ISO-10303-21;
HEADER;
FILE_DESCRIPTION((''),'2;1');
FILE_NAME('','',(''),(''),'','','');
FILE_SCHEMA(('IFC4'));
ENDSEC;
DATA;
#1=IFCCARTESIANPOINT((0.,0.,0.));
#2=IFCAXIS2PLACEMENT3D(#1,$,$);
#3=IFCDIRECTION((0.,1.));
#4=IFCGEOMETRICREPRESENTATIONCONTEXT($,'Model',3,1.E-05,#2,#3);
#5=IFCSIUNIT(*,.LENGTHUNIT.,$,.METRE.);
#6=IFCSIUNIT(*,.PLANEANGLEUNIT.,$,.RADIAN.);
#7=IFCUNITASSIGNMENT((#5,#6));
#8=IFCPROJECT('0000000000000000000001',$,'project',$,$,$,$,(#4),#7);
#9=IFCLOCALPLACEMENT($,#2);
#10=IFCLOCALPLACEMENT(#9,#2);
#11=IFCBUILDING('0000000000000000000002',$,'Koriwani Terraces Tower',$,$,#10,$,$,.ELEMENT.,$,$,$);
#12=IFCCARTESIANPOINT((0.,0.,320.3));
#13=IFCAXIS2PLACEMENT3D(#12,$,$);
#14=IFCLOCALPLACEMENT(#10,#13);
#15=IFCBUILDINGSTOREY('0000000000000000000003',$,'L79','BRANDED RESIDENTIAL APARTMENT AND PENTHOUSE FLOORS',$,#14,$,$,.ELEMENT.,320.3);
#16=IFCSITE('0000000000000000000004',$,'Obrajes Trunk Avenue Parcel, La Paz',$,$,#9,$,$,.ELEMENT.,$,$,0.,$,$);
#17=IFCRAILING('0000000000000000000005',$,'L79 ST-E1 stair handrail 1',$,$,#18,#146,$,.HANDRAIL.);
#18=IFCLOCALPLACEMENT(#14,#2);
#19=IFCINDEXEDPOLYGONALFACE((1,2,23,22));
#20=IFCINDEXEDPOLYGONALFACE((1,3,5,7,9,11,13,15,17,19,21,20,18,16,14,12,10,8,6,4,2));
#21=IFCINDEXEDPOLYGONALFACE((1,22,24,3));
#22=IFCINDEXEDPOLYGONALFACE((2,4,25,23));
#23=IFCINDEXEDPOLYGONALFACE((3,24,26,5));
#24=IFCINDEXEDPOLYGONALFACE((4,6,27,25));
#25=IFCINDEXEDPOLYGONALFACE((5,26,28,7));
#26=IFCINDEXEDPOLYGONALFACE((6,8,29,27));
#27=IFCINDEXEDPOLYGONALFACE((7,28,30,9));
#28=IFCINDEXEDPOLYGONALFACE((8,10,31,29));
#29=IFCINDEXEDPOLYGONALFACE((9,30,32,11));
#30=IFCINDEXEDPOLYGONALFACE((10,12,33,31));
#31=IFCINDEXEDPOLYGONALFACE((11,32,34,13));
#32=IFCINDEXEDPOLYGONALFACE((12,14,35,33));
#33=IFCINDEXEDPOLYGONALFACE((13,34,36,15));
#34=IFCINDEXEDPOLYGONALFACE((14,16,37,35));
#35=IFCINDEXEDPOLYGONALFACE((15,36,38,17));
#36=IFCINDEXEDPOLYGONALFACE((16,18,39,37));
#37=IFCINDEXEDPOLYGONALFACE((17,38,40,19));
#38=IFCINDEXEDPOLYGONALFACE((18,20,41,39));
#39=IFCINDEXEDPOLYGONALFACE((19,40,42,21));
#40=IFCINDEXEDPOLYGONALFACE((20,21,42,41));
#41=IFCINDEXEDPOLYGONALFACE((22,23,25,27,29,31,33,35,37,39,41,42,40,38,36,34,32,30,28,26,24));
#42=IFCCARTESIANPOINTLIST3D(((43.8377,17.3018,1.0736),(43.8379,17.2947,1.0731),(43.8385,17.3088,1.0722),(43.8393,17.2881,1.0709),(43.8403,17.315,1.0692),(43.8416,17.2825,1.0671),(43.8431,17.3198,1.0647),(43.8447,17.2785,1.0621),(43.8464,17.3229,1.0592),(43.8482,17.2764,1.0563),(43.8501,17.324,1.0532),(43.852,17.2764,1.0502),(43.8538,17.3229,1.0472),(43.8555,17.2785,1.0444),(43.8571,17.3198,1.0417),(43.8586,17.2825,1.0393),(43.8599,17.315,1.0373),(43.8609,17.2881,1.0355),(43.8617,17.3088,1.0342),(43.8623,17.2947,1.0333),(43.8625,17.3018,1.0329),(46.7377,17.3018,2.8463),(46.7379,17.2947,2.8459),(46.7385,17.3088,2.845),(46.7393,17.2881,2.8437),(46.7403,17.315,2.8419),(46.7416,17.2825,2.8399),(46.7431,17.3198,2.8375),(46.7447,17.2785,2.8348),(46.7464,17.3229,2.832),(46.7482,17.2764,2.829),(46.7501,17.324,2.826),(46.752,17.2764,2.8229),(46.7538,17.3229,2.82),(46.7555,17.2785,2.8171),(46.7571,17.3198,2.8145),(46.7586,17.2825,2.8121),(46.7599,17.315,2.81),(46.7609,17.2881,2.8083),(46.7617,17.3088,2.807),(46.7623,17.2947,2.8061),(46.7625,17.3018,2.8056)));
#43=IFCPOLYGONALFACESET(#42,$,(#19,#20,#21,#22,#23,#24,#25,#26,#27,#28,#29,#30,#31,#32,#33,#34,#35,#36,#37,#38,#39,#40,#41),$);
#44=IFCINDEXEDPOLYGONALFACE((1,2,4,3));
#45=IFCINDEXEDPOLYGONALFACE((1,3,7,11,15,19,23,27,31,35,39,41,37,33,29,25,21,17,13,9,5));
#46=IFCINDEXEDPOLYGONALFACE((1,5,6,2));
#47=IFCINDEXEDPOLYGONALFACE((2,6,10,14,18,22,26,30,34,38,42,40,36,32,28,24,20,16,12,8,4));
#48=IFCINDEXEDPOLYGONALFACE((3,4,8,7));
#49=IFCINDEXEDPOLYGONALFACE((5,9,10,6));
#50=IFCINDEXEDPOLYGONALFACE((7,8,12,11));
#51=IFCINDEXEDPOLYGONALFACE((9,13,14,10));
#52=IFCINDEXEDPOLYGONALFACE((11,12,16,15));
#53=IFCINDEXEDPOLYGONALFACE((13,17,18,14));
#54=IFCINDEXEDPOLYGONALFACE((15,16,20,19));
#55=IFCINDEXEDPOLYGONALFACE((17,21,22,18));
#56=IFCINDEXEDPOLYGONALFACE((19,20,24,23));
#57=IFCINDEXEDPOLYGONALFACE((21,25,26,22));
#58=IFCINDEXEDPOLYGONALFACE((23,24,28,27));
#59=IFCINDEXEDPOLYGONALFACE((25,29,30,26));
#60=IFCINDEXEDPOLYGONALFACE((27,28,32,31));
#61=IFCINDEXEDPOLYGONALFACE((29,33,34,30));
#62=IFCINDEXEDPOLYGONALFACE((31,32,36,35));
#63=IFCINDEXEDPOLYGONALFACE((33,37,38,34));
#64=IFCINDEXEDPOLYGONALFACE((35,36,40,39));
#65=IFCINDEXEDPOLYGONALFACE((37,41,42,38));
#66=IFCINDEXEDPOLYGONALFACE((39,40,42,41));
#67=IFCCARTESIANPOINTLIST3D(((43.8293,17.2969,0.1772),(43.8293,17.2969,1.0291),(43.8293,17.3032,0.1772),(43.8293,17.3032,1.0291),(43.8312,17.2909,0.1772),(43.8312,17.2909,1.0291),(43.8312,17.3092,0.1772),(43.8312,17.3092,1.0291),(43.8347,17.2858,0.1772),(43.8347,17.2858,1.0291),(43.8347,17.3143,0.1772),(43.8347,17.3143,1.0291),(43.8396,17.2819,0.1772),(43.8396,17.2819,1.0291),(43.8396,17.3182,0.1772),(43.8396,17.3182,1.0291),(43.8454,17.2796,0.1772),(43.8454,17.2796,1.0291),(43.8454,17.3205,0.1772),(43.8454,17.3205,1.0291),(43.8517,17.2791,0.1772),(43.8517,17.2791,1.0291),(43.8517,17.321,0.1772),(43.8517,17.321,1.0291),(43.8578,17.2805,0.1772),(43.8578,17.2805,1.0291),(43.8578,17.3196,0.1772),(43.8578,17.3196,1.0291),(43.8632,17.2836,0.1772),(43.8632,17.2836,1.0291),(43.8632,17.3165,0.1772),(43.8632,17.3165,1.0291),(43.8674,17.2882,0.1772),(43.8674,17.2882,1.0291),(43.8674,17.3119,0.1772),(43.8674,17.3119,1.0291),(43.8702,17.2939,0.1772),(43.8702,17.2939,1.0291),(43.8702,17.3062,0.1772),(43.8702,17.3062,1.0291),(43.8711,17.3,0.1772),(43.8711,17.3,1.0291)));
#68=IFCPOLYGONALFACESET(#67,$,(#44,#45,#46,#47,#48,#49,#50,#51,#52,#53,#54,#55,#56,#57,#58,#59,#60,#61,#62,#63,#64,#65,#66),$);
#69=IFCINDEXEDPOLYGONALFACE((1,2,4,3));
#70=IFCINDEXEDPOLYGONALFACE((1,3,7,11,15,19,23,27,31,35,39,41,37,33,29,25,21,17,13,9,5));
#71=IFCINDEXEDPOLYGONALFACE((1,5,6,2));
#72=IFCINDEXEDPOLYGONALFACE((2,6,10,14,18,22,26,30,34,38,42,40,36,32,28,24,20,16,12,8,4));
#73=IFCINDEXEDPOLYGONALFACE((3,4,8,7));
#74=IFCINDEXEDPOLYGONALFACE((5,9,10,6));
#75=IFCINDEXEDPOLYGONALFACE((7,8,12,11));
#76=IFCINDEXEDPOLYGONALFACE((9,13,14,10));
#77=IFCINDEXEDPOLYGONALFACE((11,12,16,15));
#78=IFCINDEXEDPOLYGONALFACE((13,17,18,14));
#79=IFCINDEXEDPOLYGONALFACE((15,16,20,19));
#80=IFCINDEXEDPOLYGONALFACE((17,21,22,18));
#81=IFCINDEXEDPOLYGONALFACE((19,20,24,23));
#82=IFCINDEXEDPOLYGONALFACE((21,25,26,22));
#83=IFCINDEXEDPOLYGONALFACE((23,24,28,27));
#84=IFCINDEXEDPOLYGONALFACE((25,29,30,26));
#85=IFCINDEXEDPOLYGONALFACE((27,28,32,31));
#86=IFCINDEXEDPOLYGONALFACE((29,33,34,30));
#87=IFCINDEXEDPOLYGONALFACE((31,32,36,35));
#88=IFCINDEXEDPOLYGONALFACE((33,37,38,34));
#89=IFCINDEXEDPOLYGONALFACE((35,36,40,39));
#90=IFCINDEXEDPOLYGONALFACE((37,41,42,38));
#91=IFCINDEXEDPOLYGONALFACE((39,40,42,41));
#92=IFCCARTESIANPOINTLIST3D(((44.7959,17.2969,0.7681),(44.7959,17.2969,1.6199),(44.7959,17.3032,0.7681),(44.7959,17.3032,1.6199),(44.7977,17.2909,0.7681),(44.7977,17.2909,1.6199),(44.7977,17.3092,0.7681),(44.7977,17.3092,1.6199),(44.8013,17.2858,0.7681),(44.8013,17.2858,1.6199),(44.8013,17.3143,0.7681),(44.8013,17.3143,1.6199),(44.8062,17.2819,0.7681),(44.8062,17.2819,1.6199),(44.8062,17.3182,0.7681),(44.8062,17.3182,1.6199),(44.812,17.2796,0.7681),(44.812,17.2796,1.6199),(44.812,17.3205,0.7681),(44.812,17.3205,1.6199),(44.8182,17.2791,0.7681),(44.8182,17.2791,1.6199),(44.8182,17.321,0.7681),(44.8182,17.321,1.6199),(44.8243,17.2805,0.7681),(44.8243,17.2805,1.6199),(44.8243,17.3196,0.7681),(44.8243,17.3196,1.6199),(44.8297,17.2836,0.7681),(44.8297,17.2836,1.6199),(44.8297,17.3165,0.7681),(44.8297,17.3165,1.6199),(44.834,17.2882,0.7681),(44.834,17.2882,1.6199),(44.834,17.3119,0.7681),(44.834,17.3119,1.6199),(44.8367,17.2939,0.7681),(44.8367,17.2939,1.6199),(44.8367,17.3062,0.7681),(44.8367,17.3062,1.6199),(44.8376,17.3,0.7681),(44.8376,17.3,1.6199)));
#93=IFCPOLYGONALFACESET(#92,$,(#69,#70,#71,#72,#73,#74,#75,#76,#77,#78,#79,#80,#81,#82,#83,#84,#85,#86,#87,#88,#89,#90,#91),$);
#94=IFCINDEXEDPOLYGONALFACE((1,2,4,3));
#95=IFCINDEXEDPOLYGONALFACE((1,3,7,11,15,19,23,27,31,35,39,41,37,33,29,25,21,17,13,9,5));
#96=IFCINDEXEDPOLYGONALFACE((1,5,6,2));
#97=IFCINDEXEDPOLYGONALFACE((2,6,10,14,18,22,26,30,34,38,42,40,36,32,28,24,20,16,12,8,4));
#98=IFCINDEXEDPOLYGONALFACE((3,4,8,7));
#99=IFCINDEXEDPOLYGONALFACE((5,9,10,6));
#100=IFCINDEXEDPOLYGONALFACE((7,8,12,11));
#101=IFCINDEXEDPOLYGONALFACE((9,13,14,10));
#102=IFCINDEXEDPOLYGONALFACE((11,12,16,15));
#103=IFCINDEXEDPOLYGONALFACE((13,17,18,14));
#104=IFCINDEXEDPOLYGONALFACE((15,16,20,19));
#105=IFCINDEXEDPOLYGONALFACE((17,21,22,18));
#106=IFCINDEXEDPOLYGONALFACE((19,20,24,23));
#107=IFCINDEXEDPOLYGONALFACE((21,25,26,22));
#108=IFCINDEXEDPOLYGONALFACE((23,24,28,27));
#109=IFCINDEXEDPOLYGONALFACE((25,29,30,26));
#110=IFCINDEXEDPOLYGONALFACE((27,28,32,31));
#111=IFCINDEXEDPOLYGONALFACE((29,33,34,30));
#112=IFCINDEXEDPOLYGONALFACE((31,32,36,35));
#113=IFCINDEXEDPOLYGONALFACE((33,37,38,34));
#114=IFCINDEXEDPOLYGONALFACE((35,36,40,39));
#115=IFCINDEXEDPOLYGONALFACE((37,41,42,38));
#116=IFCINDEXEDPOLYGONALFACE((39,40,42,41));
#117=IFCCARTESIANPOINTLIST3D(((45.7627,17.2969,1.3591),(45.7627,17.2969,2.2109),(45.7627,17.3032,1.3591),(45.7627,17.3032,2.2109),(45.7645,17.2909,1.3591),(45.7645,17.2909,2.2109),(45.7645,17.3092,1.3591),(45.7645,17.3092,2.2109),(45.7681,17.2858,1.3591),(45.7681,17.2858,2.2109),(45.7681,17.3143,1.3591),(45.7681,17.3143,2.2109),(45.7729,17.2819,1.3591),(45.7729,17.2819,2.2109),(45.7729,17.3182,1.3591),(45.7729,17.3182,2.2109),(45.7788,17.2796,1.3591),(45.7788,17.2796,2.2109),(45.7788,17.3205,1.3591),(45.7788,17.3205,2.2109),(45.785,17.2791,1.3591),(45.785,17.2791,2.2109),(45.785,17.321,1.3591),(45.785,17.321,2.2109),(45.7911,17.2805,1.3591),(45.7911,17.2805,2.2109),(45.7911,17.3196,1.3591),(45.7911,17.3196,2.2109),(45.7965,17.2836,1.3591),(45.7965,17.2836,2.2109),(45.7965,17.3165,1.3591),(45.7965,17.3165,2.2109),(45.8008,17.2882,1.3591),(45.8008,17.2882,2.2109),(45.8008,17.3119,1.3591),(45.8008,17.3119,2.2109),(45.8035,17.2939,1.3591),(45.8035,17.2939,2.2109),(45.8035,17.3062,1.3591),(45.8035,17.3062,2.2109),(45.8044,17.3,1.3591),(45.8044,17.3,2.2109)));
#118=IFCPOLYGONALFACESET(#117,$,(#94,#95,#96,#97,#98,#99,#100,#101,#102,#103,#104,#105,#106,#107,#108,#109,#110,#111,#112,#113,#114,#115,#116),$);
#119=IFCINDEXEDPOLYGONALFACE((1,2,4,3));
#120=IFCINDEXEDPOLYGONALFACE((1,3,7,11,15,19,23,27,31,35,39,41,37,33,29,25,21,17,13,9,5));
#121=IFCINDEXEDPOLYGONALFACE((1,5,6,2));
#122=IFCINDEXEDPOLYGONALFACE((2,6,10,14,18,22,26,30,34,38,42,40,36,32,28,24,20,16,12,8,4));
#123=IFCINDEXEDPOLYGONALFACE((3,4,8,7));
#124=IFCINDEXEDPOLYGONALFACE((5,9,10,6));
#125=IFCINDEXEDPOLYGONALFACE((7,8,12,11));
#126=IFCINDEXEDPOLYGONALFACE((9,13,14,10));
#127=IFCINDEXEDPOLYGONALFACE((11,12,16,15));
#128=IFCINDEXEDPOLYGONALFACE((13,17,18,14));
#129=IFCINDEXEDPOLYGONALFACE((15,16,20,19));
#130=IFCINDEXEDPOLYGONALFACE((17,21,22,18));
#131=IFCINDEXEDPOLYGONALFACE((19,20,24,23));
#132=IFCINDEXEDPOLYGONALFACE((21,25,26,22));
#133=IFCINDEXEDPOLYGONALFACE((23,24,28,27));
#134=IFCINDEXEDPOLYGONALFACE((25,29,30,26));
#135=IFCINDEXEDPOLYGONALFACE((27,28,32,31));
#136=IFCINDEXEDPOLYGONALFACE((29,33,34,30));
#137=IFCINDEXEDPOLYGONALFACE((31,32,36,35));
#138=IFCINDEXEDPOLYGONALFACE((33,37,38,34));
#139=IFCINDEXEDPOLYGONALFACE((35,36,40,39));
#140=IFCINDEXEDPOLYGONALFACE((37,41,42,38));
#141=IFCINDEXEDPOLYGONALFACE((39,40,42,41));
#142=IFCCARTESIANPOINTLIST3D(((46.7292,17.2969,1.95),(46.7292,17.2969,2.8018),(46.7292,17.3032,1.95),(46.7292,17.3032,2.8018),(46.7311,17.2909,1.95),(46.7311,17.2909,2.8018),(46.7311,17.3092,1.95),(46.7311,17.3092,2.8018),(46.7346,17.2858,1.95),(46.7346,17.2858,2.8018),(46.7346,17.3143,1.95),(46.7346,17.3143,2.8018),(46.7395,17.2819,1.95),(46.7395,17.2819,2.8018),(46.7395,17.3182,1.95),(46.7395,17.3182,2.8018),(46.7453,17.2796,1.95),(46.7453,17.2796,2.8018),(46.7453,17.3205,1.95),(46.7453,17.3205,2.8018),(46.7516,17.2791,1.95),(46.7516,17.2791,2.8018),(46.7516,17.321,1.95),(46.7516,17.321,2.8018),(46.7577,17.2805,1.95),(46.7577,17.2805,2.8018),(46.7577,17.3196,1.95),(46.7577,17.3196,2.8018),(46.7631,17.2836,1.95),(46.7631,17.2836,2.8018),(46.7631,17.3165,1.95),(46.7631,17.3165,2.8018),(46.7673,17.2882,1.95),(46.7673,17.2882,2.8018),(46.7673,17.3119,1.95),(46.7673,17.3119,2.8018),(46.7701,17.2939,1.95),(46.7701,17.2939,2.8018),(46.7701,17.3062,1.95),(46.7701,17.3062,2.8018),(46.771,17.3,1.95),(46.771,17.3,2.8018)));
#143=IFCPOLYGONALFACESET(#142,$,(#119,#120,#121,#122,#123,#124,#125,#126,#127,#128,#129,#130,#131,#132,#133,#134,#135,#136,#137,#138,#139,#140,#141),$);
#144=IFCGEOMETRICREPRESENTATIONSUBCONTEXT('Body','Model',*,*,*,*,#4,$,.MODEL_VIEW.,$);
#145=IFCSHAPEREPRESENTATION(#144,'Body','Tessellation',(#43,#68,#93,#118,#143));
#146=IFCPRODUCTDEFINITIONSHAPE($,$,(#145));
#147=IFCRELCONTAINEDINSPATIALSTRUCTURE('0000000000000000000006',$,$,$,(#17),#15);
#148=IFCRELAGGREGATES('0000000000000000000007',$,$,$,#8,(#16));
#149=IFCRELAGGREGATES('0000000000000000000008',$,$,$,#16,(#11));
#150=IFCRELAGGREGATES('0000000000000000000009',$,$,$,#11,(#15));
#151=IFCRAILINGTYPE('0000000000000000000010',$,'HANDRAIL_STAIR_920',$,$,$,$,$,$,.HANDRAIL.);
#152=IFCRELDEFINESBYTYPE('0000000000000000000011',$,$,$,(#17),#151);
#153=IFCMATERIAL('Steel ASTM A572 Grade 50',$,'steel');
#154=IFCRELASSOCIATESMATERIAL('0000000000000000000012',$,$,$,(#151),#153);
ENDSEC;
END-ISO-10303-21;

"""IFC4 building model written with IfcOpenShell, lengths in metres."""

from ifc_helpers import new_model, si_unit, direction, frame, origin, origin_2d, place, context, subcontext, project, spatial, circle, extrude, material, type_object, element, save


model = new_model("IFC4")

# Units and contexts
model_context = context("Model", 3, precision=1e-05, world=origin(), true_north=direction((0.0, 1.0)))
body_context = subcontext(model_context, "Body", "Model", "MODEL_VIEW")
ifc_project = project(units=[si_unit("LENGTHUNIT", "METRE"), si_unit("PLANEANGLEUNIT", "RADIAN")], contexts=[model_context])

# Site, building, storey
site_placement = place(None, origin())
site = spatial("IfcSite", under=ifc_project, at=site_placement, Name="Obrajes Trunk Avenue Parcel, La Paz", CompositionType="ELEMENT", RefElevation=0.0)
building_placement = place(site_placement, origin())
building = spatial("IfcBuilding", under=site, at=building_placement, Name="Koriwani Terraces Tower", CompositionType="ELEMENT")
storey_placement = place(building_placement, frame((0.0, 0.0, 320.3)))
storey = spatial("IfcBuildingStorey", under=building, at=storey_placement, Name="L79", Description="BRANDED RESIDENTIAL APARTMENT AND PENTHOUSE FLOORS", CompositionType="ELEMENT", Elevation=320.3)

# Railing
ifc_material_1 = material(Name="Steel ASTM A572 Grade 50", Category="steel")
railing_type_1 = type_object("IfcRailingType", Name="HANDRAIL_STAIR_920", PredefinedType="HANDRAIL", material=ifc_material_1)
railing_1_placement = place(storey_placement, frame((43.8501, 17.3, 0.1772)))
element("IfcRailing", 1, at=railing_1_placement, inside=storey, type_object=railing_type_1, Name="L79 ST-E1 stair handrail 1", PredefinedType="HANDRAIL", context=body_context, shape_type="SweptSolid", body=[
    extrude(circle(Radius=0.0239, at=origin_2d()), frame((0.0, 0.0, 0.876), z_axis=(0.853211, 0.0, 0.521566), x_axis=(0.0, 1.0, 0.0)), (0.0, 0.0, 1.0), 3.3989),
    extrude(circle(Radius=0.021, at=origin_2d()), origin(), (0.0, 0.0, 1.0), 0.8518),
    extrude(circle(Radius=0.021, at=origin_2d()), frame((0.9666, 0.0, 0.5908)), (0.0, 0.0, 1.0), 0.8518),
    extrude(circle(Radius=0.021, at=origin_2d()), frame((1.9333, 0.0, 1.1819)), (0.0, 0.0, 1.0), 0.8518),
    extrude(circle(Radius=0.021, at=origin_2d()), frame((2.8999, 0.0, 1.7727)), (0.0, 0.0, 1.0), 0.8518),
])

save(model, "model.ifc")
